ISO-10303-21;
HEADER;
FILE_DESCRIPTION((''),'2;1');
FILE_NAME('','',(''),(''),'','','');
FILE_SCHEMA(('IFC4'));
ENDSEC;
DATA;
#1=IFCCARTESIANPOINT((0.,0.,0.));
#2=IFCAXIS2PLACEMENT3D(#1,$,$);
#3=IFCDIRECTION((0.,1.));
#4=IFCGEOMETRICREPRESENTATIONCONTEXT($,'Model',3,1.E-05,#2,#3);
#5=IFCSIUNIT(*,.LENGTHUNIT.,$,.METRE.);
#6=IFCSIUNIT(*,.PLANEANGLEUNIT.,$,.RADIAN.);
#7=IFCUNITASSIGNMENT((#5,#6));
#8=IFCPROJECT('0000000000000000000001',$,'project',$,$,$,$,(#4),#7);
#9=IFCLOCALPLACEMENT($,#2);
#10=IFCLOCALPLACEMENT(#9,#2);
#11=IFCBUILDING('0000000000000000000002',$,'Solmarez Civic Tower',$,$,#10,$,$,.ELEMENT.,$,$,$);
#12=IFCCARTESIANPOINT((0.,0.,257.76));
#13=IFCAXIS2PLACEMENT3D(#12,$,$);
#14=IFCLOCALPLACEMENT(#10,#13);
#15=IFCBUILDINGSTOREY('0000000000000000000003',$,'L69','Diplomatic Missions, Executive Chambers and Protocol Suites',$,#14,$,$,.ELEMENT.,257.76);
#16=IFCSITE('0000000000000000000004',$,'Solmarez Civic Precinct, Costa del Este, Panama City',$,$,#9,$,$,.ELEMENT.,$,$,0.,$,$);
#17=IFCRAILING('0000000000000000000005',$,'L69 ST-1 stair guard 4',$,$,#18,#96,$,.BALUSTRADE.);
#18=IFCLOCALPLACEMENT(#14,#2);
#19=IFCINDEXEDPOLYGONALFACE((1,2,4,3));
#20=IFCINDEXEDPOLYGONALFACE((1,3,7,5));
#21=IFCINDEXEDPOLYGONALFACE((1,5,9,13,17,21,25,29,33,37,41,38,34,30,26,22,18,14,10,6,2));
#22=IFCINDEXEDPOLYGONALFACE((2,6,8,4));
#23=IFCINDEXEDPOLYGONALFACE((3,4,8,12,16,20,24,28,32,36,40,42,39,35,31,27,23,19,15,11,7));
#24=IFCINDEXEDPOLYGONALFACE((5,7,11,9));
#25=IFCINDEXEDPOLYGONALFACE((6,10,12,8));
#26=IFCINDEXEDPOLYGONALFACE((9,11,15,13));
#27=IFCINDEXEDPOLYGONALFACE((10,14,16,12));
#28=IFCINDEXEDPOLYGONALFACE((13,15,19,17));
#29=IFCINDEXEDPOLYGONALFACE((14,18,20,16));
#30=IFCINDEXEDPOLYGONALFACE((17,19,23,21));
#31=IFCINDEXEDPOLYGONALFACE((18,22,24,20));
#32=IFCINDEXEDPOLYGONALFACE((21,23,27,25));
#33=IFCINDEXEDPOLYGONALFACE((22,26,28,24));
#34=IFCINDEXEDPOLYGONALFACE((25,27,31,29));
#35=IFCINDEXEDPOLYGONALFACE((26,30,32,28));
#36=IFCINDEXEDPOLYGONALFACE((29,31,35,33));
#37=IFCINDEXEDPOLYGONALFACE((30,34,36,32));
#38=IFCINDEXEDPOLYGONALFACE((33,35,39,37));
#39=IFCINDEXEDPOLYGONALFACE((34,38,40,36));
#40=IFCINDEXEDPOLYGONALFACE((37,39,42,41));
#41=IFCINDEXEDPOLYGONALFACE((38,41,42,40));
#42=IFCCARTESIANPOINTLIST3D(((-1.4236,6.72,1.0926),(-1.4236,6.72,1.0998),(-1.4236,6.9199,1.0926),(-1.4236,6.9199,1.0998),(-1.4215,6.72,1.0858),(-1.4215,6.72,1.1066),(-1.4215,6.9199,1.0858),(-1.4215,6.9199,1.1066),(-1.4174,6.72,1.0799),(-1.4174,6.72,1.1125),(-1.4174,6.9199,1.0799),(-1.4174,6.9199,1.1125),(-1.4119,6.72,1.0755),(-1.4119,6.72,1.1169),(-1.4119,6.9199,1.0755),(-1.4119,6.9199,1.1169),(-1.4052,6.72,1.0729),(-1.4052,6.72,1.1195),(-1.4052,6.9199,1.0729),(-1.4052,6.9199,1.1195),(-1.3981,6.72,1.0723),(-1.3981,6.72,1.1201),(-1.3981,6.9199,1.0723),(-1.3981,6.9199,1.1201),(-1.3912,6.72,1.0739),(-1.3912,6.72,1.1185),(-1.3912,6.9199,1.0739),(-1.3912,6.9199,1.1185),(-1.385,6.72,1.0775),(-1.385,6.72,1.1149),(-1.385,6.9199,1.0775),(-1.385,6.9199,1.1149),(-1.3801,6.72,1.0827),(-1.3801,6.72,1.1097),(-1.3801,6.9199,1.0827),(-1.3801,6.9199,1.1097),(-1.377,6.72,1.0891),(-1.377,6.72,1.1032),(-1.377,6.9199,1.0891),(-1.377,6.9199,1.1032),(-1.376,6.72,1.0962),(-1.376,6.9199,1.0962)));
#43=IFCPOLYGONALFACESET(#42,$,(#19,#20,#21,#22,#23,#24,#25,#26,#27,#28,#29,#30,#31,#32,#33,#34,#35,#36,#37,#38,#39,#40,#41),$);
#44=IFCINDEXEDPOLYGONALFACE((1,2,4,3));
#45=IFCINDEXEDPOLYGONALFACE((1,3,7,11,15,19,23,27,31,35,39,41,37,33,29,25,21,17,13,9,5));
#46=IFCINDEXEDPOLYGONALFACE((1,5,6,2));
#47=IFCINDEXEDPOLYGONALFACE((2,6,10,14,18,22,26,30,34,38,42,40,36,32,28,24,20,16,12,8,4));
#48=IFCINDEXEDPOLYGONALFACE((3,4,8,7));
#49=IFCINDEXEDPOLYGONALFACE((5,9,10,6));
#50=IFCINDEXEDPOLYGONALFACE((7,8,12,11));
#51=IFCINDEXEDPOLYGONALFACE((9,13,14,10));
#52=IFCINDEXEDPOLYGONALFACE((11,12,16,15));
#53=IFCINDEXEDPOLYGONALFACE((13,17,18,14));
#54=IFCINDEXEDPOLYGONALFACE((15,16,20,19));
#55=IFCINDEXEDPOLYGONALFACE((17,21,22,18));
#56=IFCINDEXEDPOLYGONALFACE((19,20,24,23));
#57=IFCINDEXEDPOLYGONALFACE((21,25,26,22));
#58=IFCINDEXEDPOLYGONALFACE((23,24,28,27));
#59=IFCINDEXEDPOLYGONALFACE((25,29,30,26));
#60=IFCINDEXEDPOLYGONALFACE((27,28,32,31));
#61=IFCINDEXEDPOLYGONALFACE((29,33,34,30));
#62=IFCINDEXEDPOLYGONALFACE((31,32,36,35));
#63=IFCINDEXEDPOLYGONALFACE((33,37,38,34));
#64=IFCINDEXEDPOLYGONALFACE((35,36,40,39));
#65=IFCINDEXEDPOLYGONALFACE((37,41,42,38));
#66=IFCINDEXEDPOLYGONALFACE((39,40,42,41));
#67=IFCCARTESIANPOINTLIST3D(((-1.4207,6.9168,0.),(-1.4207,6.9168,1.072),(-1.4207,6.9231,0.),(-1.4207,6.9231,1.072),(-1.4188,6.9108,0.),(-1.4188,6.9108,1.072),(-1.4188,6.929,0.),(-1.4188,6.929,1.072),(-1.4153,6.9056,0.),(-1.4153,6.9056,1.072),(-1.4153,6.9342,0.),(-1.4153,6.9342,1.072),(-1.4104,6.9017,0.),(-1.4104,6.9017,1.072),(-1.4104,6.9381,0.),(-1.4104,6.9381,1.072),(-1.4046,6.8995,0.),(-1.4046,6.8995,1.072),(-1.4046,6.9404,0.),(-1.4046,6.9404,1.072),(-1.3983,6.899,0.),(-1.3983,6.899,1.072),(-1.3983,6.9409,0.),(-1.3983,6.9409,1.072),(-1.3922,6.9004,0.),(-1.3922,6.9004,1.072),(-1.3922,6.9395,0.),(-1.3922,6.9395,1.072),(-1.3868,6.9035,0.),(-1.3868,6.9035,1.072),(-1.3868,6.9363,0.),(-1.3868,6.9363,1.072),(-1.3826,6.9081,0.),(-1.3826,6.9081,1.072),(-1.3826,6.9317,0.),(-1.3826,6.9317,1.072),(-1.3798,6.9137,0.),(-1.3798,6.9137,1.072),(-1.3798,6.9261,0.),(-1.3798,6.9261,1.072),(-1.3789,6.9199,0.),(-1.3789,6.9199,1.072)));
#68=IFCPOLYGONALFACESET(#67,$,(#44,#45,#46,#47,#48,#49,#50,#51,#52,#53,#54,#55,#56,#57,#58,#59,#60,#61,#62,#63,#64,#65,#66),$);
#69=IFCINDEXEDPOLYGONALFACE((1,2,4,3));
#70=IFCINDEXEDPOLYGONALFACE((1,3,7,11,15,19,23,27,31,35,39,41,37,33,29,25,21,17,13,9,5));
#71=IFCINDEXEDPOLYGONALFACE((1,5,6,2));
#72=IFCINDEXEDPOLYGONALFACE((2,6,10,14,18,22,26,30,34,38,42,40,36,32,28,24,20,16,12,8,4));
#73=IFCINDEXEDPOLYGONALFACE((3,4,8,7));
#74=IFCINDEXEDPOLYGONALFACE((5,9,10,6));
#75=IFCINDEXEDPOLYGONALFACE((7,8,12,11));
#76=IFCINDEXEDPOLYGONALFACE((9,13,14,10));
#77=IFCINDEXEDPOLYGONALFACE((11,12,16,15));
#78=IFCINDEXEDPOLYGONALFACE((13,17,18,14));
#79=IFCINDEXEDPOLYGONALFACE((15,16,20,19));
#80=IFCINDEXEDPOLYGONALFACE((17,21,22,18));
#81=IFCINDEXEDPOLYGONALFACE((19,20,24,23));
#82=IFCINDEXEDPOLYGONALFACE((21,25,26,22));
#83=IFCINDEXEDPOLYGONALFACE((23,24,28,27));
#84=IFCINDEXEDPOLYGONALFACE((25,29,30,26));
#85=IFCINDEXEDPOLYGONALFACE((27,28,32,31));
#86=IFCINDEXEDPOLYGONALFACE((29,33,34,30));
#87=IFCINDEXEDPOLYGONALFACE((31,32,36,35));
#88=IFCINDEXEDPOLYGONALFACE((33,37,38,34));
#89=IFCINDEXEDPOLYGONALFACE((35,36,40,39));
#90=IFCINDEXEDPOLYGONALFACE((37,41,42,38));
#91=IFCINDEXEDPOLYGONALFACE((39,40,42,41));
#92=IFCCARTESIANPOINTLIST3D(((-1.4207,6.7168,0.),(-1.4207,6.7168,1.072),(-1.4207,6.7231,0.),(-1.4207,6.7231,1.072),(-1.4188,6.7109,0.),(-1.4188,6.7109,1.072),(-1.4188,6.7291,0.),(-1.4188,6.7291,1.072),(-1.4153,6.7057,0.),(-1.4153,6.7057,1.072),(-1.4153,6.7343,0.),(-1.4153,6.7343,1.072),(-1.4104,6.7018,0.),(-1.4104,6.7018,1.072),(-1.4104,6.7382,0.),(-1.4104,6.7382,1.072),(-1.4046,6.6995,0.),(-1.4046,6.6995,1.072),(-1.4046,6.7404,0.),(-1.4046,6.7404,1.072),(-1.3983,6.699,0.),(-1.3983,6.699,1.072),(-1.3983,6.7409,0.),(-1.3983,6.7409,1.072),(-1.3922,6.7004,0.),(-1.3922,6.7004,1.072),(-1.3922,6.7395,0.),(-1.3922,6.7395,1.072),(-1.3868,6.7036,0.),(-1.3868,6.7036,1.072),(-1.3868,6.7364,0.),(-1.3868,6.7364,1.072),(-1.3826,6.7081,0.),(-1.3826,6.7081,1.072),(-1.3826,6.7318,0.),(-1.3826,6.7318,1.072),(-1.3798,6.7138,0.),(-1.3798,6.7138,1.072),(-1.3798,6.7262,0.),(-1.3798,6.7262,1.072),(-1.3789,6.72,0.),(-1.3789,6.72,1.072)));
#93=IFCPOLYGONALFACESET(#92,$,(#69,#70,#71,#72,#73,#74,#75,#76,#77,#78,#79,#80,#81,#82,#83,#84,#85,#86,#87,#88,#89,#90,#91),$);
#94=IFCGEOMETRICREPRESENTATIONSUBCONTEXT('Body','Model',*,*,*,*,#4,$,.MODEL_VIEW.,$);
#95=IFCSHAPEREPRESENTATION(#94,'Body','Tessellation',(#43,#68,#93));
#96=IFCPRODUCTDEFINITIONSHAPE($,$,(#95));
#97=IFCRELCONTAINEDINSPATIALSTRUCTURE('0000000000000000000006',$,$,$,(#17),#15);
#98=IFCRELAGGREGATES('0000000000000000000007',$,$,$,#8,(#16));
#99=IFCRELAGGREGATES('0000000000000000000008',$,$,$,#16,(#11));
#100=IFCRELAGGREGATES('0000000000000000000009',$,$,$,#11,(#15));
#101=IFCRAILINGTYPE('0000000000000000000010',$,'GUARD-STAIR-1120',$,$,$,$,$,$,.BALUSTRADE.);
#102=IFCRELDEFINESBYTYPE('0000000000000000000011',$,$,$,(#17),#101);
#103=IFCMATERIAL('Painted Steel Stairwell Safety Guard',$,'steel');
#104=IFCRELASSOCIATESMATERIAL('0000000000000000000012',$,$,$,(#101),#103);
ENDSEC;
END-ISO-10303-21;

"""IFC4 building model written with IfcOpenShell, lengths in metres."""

from ifc_helpers import new_model, si_unit, direction, frame, origin, origin_2d, place, context, subcontext, project, spatial, circle, extrude, material, type_object, element, save


model = new_model("IFC4")

# Units and contexts
model_context = context("Model", 3, precision=1e-05, world=origin(), true_north=direction((0.0, 1.0)))
body_context = subcontext(model_context, "Body", "Model", "MODEL_VIEW")
ifc_project = project(units=[si_unit("LENGTHUNIT", "METRE"), si_unit("PLANEANGLEUNIT", "RADIAN")], contexts=[model_context])

# Site, building, storey
site_placement = place(None, origin())
site = spatial("IfcSite", under=ifc_project, at=site_placement, Name="Solmarez Civic Precinct, Costa del Este, Panama City", CompositionType="ELEMENT", RefElevation=0.0)
building_placement = place(site_placement, origin())
building = spatial("IfcBuilding", under=site, at=building_placement, Name="Solmarez Civic Tower", CompositionType="ELEMENT")
storey_placement = place(building_placement, frame((0.0, 0.0, 257.76)))
storey = spatial("IfcBuildingStorey", under=building, at=storey_placement, Name="L69", Description="Diplomatic Missions, Executive Chambers and Protocol Suites", CompositionType="ELEMENT", Elevation=257.76)

# Railing
ifc_material_1 = material(Name="Painted Steel Stairwell Safety Guard", Category="steel")
railing_type_1 = type_object("IfcRailingType", Name="GUARD-STAIR-1120", PredefinedType="BALUSTRADE", material=ifc_material_1)
railing_1_placement = place(storey_placement, frame((-1.3999, 6.9199, 0.0)))
element("IfcRailing", 1, at=railing_1_placement, inside=storey, type_object=railing_type_1, Name="L69 ST-1 stair guard 4", PredefinedType="BALUSTRADE", context=body_context, shape_type="SweptSolid", body=[
    extrude(circle(Radius=0.0239, at=origin_2d()), frame((0.0, 0.0, 1.0962), z_axis=(0.0, -1.0, 0.0), x_axis=(1.0, 0.0, 0.0)), (0.0, 0.0, 1.0), 0.2),
    extrude(circle(Radius=0.021, at=origin_2d()), origin(), (0.0, 0.0, 1.0), 1.072),
    extrude(circle(Radius=0.021, at=origin_2d()), frame((0.0, -0.2, 0.0)), (0.0, 0.0, 1.0), 1.072),
])

save(model, "model.ifc")
